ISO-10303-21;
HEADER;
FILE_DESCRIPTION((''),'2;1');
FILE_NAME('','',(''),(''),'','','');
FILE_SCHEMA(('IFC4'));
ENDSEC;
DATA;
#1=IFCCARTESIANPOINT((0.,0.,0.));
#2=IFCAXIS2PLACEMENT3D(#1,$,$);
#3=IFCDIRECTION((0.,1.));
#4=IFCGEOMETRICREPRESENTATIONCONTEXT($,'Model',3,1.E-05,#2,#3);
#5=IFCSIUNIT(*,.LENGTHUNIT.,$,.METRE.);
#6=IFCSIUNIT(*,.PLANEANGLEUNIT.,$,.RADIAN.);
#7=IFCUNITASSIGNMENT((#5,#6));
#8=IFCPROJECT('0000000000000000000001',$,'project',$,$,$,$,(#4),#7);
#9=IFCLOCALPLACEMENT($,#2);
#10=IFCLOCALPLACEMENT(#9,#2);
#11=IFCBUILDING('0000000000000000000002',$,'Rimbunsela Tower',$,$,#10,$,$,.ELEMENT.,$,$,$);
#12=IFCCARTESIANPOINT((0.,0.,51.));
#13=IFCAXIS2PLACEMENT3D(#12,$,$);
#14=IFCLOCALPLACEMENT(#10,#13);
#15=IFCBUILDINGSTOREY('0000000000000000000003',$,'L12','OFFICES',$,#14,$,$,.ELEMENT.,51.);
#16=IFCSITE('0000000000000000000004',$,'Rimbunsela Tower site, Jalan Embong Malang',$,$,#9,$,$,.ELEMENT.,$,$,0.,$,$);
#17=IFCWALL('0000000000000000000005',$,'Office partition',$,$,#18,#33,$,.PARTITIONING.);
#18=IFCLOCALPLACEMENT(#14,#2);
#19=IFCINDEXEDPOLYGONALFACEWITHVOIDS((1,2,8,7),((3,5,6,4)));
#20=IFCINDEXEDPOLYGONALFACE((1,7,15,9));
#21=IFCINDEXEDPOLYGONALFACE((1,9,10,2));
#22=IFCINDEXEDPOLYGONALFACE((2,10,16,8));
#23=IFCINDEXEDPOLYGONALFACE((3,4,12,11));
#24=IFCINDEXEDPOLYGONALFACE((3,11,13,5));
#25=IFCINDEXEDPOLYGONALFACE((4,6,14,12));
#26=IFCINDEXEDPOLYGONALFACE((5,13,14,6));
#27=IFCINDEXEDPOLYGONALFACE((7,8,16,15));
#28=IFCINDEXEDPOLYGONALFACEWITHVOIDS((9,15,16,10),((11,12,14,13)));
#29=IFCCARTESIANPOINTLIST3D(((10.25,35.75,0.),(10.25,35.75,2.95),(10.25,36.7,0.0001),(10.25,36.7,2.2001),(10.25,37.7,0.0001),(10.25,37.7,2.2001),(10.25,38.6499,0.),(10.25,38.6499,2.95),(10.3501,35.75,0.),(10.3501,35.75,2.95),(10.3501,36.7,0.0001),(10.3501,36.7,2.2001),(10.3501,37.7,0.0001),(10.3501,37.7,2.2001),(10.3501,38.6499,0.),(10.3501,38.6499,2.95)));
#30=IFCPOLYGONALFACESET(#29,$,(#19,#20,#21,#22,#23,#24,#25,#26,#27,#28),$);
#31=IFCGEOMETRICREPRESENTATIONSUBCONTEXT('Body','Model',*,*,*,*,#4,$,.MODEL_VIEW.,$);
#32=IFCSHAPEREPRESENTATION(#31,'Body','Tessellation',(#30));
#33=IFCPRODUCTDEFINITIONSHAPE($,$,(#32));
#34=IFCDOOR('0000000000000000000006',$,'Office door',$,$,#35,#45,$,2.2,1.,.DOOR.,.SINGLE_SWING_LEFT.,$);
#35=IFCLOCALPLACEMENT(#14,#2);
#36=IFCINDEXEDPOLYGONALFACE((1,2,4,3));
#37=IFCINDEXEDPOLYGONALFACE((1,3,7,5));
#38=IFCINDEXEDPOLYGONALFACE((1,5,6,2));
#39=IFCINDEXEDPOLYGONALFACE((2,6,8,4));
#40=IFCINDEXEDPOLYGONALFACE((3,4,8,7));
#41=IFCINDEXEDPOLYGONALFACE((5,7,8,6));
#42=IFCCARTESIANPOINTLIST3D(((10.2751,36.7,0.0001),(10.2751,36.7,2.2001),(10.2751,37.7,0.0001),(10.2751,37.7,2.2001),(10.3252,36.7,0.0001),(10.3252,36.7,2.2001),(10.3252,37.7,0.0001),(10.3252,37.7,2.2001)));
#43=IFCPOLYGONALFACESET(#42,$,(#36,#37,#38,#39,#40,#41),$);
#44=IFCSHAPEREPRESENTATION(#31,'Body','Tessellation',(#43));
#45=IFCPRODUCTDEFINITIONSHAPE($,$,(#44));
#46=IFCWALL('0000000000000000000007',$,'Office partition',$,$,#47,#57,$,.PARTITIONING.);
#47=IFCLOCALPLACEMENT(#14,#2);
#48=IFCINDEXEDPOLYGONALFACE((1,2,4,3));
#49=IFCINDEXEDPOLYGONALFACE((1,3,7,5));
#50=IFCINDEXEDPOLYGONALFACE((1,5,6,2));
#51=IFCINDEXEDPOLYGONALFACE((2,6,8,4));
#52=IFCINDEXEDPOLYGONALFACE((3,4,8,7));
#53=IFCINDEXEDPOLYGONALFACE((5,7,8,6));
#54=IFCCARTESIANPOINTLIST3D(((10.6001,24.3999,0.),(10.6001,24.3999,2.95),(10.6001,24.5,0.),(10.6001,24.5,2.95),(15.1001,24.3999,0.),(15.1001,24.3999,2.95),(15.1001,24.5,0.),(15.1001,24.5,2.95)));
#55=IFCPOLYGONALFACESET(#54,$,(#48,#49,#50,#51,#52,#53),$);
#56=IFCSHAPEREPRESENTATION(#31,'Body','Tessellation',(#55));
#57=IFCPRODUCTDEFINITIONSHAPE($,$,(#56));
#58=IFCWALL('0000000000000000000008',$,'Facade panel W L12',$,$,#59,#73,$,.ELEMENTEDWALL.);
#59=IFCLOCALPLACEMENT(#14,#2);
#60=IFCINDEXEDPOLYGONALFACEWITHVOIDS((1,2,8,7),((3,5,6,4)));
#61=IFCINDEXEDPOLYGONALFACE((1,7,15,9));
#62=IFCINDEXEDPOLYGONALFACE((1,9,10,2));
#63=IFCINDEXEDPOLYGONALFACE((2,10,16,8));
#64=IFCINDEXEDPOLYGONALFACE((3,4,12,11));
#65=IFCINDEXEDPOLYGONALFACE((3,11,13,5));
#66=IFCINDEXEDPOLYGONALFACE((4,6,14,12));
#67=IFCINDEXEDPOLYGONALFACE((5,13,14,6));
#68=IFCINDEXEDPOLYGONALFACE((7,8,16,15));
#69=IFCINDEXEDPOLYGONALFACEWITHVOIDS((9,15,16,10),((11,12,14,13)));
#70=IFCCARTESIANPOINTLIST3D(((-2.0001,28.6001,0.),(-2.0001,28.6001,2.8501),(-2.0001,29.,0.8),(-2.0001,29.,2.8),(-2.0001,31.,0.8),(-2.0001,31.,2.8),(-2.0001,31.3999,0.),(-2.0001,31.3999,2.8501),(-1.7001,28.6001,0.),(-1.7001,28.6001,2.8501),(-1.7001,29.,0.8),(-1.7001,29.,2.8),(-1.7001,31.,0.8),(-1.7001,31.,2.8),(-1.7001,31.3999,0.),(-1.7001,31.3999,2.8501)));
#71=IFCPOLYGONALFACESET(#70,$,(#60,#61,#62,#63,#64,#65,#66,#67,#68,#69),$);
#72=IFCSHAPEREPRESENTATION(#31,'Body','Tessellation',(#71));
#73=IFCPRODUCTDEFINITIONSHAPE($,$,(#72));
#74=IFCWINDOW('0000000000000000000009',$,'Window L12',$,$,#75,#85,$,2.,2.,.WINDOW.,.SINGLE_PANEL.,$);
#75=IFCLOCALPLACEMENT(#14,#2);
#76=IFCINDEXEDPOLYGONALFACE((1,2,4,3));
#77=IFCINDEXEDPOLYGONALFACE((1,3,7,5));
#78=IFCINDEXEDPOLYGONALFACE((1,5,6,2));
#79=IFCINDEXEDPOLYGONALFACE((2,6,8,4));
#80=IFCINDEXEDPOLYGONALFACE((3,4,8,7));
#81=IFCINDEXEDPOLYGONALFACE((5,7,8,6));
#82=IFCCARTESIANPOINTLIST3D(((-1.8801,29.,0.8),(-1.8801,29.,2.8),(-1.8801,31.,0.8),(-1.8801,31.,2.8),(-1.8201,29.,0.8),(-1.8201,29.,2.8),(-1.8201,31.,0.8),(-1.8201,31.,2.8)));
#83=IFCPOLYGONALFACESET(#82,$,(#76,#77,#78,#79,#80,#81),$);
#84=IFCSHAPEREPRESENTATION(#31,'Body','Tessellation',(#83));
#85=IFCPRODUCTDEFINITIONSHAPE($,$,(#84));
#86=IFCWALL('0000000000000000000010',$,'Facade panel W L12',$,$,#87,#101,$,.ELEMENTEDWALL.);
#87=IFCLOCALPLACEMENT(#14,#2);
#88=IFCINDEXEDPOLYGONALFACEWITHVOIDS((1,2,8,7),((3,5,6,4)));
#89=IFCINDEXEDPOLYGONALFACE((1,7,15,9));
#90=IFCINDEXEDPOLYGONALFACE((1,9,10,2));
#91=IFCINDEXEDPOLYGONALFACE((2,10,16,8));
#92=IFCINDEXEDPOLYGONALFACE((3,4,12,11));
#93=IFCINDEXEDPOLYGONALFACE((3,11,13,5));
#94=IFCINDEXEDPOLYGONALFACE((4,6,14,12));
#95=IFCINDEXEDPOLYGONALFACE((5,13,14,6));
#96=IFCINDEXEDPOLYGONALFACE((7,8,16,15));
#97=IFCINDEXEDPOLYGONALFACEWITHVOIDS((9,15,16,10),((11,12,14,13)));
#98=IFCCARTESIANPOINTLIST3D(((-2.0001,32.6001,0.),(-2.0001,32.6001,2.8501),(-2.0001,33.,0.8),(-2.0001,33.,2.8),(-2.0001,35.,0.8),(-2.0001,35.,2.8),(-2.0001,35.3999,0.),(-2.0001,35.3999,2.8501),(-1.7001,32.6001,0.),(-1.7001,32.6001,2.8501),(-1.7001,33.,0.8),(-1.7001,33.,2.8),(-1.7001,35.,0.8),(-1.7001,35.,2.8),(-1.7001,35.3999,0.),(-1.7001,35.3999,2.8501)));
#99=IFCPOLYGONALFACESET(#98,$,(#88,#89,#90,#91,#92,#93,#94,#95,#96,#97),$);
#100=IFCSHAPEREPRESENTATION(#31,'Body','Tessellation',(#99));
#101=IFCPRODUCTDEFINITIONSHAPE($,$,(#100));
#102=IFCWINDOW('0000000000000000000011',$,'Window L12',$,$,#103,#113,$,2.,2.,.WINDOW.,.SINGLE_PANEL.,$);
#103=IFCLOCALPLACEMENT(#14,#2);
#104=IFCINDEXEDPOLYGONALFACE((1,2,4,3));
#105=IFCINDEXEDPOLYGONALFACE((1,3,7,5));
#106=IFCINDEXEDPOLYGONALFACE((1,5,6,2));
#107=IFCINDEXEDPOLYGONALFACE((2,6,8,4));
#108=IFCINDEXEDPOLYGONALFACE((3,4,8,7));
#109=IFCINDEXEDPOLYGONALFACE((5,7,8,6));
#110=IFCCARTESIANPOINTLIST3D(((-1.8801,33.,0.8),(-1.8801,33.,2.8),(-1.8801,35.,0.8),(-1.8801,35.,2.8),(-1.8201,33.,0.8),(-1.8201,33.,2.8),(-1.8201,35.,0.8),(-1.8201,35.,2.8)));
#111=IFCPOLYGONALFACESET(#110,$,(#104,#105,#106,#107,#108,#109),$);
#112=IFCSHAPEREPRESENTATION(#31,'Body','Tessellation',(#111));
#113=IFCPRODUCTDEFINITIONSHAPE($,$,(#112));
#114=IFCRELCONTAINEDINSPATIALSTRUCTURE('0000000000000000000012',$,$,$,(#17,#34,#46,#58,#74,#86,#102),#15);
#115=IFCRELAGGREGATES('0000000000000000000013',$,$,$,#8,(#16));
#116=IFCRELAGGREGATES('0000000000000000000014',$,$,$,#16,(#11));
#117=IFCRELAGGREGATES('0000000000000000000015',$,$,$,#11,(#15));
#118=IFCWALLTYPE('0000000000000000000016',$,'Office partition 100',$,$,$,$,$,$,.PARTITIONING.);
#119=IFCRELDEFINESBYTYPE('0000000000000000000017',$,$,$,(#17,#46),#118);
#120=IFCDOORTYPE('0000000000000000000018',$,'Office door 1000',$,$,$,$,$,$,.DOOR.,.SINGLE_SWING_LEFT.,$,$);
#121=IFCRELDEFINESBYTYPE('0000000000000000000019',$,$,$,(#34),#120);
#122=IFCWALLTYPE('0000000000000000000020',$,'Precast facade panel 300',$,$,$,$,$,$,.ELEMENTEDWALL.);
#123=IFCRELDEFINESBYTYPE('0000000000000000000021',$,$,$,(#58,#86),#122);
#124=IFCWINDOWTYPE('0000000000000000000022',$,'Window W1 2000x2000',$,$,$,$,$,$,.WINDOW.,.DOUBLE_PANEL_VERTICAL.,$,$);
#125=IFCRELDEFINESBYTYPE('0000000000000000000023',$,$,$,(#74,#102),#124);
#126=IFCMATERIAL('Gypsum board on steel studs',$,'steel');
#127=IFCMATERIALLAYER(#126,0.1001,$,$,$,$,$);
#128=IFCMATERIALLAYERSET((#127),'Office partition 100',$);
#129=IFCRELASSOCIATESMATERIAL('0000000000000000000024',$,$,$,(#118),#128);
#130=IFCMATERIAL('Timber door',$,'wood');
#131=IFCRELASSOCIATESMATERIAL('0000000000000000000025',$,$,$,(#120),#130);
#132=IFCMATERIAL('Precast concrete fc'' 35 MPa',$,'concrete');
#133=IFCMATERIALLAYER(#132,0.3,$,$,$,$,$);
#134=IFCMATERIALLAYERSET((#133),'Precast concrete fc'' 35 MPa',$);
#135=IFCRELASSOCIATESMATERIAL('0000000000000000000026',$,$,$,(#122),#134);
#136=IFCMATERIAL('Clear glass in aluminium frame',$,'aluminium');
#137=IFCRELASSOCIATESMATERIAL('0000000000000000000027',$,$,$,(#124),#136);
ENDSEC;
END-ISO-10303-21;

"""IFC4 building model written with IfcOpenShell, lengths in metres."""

from ifc_helpers import new_model, si_unit, direction, frame, frame_2d, origin, place, context, subcontext, project, spatial, rectangle, extrude, material, layer, layer_set, type_object, element, fill, save


model = new_model("IFC4")

# Units and contexts
model_context = context("Model", 3, precision=1e-05, world=origin(), true_north=direction((0.0, 1.0)))
body_context = subcontext(model_context, "Body", "Model", "MODEL_VIEW")
ifc_project = project(units=[si_unit("LENGTHUNIT", "METRE"), si_unit("PLANEANGLEUNIT", "RADIAN")], contexts=[model_context])

# Site, building, storey
site_placement = place(None, origin())
site = spatial("IfcSite", under=ifc_project, at=site_placement, Name="Rimbunsela Tower site, Jalan Embong Malang", CompositionType="ELEMENT", RefElevation=0.0)
building_placement = place(site_placement, origin())
building = spatial("IfcBuilding", under=site, at=building_placement, Name="Rimbunsela Tower", CompositionType="ELEMENT")
storey_placement = place(building_placement, frame((0.0, 0.0, 51.0)))
storey = spatial("IfcBuildingStorey", under=building, at=storey_placement, Name="L12", Description="OFFICES", CompositionType="ELEMENT", Elevation=51.0)

# Shared definitions
ifc_material_1 = material(Name="Gypsum board on steel studs", Category="steel")
ifc_layer_1 = layer(ifc_material_1, 0.1001)
ifc_layer_set_1 = layer_set([ifc_layer_1], Name="Office partition 100")
wall_type_1 = type_object("IfcWallType", Name="Office partition 100", PredefinedType="PARTITIONING", material=ifc_layer_set_1)

# Wall, opening, door
ifc_material_2 = material(Name="Timber door", Category="wood")
door_type = type_object("IfcDoorType", Name="Office door 1000", OperationType="SINGLE_SWING_LEFT", PredefinedType="DOOR", material=ifc_material_2)
wall_1_placement = place(storey_placement, frame((10.3, 35.75, 0.0), z_axis=(0.0, 0.0, 1.0), x_axis=(0.0, 1.0, 0.0)))
wall_1 = element("IfcWall", 1, at=wall_1_placement, inside=storey, type_object=wall_type_1, Name="Office partition", PredefinedType="PARTITIONING", context=body_context, shape_type="SweptSolid", body=[
    extrude(rectangle(XDim=2.8999, YDim=0.1001, at=frame_2d((1.45, 0.0))), origin(), (0.0, 0.0, 1.0), 2.95),
])
opening_1_placement = place(wall_1_placement, frame((0.95, 0.0, 0.0)))
opening_1 = element("IfcOpeningElement", 2, at=opening_1_placement, cuts=wall_1, PredefinedType="OPENING", context=body_context, shape_type="SweptSolid", body=[
    extrude(rectangle(XDim=1.0, YDim=2.2, at=frame_2d((0.5, 1.1001))), frame((0.0, 0.0601, 0.0), z_axis=(0.0, -1.0, 0.0), x_axis=(1.0, 0.0, 0.0)), (0.0, 0.0, 1.0), 0.1201),
])
door_1_placement = place(opening_1_placement, origin())
door_1 = element("IfcDoor", 3, at=door_1_placement, inside=storey, type_object=door_type, Name="Office door", OperationType="SINGLE_SWING_LEFT", OverallHeight=2.2, OverallWidth=1.0, PredefinedType="DOOR", context=body_context, shape_type="SweptSolid", body=[
    extrude(rectangle(XDim=1.0, YDim=2.2, at=frame_2d((0.5, 1.1001))), frame((0.0, 0.0249, 0.0), z_axis=(0.0, -1.0, 0.0), x_axis=(1.0, 0.0, 0.0)), (0.0, 0.0, 1.0), 0.05),
])
fill(opening_1, door_1)

# Wall
wall_2_placement = place(storey_placement, frame((10.6001, 24.45, 0.0), z_axis=(0.0, 0.0, 1.0), x_axis=(1.0, 0.0, 0.0)))
element("IfcWall", 4, at=wall_2_placement, inside=storey, type_object=wall_type_1, Name="Office partition", PredefinedType="PARTITIONING", context=body_context, shape_type="SweptSolid", body=[
    extrude(rectangle(XDim=4.5, YDim=0.1001, at=frame_2d((2.25, 0.0))), origin(), (0.0, 0.0, 1.0), 2.95),
])

# Walls, openings, windows
ifc_material_3 = material(Name="Precast concrete fc' 35 MPa", Category="concrete")
ifc_layer_2 = layer(ifc_material_3, 0.3)
ifc_layer_set_2 = layer_set([ifc_layer_2], Name="Precast concrete fc' 35 MPa")
wall_type_2 = type_object("IfcWallType", Name="Precast facade panel 300", PredefinedType="ELEMENTEDWALL", material=ifc_layer_set_2)
wall_3_placement = place(storey_placement, frame((-1.8501, 31.3999, 0.0), z_axis=(0.0, 0.0, 1.0), x_axis=(0.0, -1.0, 0.0)))
wall_3 = element("IfcWall", 5, at=wall_3_placement, inside=storey, type_object=wall_type_2, Name="Facade panel W L12", PredefinedType="ELEMENTEDWALL", context=body_context, shape_type="SweptSolid", body=[
    extrude(rectangle(XDim=2.7998, YDim=0.3, at=frame_2d((1.3999, 0.0))), origin(), (0.0, 0.0, 1.0), 2.8501),
])
opening_2_placement = place(wall_3_placement, frame((0.3999, 0.0, 0.8)))
opening_2 = element("IfcOpeningElement", 6, at=opening_2_placement, cuts=wall_3, PredefinedType="OPENING", context=body_context, shape_type="SweptSolid", body=[
    extrude(rectangle(XDim=2.0, YDim=2.0, at=frame_2d((1.0, 1.0))), frame((0.0, 0.1599, 0.0), z_axis=(0.0, -1.0, 0.0), x_axis=(1.0, 0.0, 0.0)), (0.0, 0.0, 1.0), 0.3201),
])
ifc_material_4 = material(Name="Clear glass in aluminium frame", Category="aluminium")
window_type = type_object("IfcWindowType", Name="Window W1 2000x2000", PartitioningType="DOUBLE_PANEL_VERTICAL", PredefinedType="WINDOW", material=ifc_material_4)
window_1_placement = place(opening_2_placement, origin())
window_1 = element("IfcWindow", 7, at=window_1_placement, inside=storey, type_object=window_type, Name="Window L12", OverallHeight=2.0, OverallWidth=2.0, PartitioningType="SINGLE_PANEL", PredefinedType="WINDOW", context=body_context, shape_type="SweptSolid", body=[
    extrude(rectangle(XDim=2.0, YDim=2.0, at=frame_2d((1.0, 1.0))), frame((0.0, 0.03, 0.0), z_axis=(0.0, -1.0, 0.0), x_axis=(1.0, 0.0, 0.0)), (0.0, 0.0, 1.0), 0.0601),
])
fill(opening_2, window_1)
wall_4_placement = place(storey_placement, frame((-1.8501, 35.3999, 0.0), z_axis=(0.0, 0.0, 1.0), x_axis=(0.0, -1.0, 0.0)))
wall_4 = element("IfcWall", 8, at=wall_4_placement, inside=storey, type_object=wall_type_2, Name="Facade panel W L12", PredefinedType="ELEMENTEDWALL", context=body_context, shape_type="SweptSolid", body=[
    extrude(rectangle(XDim=2.7998, YDim=0.3, at=frame_2d((1.3999, 0.0))), origin(), (0.0, 0.0, 1.0), 2.8501),
])
opening_3_placement = place(wall_4_placement, frame((0.3999, 0.0, 0.8)))
opening_3 = element("IfcOpeningElement", 9, at=opening_3_placement, cuts=wall_4, PredefinedType="OPENING", context=body_context, shape_type="SweptSolid", body=[
    extrude(rectangle(XDim=2.0, YDim=2.0, at=frame_2d((1.0, 1.0))), frame((0.0, 0.1599, 0.0), z_axis=(0.0, -1.0, 0.0), x_axis=(1.0, 0.0, 0.0)), (0.0, 0.0, 1.0), 0.3201),
])
window_2_placement = place(opening_3_placement, origin())
window_2 = element("IfcWindow", 10, at=window_2_placement, inside=storey, type_object=window_type, Name="Window L12", OverallHeight=2.0, OverallWidth=2.0, PartitioningType="SINGLE_PANEL", PredefinedType="WINDOW", context=body_context, shape_type="SweptSolid", body=[
    extrude(rectangle(XDim=2.0, YDim=2.0, at=frame_2d((1.0, 1.0))), frame((0.0, 0.03, 0.0), z_axis=(0.0, -1.0, 0.0), x_axis=(1.0, 0.0, 0.0)), (0.0, 0.0, 1.0), 0.0601),
])
fill(opening_3, window_2)

save(model, "model.ifc")
